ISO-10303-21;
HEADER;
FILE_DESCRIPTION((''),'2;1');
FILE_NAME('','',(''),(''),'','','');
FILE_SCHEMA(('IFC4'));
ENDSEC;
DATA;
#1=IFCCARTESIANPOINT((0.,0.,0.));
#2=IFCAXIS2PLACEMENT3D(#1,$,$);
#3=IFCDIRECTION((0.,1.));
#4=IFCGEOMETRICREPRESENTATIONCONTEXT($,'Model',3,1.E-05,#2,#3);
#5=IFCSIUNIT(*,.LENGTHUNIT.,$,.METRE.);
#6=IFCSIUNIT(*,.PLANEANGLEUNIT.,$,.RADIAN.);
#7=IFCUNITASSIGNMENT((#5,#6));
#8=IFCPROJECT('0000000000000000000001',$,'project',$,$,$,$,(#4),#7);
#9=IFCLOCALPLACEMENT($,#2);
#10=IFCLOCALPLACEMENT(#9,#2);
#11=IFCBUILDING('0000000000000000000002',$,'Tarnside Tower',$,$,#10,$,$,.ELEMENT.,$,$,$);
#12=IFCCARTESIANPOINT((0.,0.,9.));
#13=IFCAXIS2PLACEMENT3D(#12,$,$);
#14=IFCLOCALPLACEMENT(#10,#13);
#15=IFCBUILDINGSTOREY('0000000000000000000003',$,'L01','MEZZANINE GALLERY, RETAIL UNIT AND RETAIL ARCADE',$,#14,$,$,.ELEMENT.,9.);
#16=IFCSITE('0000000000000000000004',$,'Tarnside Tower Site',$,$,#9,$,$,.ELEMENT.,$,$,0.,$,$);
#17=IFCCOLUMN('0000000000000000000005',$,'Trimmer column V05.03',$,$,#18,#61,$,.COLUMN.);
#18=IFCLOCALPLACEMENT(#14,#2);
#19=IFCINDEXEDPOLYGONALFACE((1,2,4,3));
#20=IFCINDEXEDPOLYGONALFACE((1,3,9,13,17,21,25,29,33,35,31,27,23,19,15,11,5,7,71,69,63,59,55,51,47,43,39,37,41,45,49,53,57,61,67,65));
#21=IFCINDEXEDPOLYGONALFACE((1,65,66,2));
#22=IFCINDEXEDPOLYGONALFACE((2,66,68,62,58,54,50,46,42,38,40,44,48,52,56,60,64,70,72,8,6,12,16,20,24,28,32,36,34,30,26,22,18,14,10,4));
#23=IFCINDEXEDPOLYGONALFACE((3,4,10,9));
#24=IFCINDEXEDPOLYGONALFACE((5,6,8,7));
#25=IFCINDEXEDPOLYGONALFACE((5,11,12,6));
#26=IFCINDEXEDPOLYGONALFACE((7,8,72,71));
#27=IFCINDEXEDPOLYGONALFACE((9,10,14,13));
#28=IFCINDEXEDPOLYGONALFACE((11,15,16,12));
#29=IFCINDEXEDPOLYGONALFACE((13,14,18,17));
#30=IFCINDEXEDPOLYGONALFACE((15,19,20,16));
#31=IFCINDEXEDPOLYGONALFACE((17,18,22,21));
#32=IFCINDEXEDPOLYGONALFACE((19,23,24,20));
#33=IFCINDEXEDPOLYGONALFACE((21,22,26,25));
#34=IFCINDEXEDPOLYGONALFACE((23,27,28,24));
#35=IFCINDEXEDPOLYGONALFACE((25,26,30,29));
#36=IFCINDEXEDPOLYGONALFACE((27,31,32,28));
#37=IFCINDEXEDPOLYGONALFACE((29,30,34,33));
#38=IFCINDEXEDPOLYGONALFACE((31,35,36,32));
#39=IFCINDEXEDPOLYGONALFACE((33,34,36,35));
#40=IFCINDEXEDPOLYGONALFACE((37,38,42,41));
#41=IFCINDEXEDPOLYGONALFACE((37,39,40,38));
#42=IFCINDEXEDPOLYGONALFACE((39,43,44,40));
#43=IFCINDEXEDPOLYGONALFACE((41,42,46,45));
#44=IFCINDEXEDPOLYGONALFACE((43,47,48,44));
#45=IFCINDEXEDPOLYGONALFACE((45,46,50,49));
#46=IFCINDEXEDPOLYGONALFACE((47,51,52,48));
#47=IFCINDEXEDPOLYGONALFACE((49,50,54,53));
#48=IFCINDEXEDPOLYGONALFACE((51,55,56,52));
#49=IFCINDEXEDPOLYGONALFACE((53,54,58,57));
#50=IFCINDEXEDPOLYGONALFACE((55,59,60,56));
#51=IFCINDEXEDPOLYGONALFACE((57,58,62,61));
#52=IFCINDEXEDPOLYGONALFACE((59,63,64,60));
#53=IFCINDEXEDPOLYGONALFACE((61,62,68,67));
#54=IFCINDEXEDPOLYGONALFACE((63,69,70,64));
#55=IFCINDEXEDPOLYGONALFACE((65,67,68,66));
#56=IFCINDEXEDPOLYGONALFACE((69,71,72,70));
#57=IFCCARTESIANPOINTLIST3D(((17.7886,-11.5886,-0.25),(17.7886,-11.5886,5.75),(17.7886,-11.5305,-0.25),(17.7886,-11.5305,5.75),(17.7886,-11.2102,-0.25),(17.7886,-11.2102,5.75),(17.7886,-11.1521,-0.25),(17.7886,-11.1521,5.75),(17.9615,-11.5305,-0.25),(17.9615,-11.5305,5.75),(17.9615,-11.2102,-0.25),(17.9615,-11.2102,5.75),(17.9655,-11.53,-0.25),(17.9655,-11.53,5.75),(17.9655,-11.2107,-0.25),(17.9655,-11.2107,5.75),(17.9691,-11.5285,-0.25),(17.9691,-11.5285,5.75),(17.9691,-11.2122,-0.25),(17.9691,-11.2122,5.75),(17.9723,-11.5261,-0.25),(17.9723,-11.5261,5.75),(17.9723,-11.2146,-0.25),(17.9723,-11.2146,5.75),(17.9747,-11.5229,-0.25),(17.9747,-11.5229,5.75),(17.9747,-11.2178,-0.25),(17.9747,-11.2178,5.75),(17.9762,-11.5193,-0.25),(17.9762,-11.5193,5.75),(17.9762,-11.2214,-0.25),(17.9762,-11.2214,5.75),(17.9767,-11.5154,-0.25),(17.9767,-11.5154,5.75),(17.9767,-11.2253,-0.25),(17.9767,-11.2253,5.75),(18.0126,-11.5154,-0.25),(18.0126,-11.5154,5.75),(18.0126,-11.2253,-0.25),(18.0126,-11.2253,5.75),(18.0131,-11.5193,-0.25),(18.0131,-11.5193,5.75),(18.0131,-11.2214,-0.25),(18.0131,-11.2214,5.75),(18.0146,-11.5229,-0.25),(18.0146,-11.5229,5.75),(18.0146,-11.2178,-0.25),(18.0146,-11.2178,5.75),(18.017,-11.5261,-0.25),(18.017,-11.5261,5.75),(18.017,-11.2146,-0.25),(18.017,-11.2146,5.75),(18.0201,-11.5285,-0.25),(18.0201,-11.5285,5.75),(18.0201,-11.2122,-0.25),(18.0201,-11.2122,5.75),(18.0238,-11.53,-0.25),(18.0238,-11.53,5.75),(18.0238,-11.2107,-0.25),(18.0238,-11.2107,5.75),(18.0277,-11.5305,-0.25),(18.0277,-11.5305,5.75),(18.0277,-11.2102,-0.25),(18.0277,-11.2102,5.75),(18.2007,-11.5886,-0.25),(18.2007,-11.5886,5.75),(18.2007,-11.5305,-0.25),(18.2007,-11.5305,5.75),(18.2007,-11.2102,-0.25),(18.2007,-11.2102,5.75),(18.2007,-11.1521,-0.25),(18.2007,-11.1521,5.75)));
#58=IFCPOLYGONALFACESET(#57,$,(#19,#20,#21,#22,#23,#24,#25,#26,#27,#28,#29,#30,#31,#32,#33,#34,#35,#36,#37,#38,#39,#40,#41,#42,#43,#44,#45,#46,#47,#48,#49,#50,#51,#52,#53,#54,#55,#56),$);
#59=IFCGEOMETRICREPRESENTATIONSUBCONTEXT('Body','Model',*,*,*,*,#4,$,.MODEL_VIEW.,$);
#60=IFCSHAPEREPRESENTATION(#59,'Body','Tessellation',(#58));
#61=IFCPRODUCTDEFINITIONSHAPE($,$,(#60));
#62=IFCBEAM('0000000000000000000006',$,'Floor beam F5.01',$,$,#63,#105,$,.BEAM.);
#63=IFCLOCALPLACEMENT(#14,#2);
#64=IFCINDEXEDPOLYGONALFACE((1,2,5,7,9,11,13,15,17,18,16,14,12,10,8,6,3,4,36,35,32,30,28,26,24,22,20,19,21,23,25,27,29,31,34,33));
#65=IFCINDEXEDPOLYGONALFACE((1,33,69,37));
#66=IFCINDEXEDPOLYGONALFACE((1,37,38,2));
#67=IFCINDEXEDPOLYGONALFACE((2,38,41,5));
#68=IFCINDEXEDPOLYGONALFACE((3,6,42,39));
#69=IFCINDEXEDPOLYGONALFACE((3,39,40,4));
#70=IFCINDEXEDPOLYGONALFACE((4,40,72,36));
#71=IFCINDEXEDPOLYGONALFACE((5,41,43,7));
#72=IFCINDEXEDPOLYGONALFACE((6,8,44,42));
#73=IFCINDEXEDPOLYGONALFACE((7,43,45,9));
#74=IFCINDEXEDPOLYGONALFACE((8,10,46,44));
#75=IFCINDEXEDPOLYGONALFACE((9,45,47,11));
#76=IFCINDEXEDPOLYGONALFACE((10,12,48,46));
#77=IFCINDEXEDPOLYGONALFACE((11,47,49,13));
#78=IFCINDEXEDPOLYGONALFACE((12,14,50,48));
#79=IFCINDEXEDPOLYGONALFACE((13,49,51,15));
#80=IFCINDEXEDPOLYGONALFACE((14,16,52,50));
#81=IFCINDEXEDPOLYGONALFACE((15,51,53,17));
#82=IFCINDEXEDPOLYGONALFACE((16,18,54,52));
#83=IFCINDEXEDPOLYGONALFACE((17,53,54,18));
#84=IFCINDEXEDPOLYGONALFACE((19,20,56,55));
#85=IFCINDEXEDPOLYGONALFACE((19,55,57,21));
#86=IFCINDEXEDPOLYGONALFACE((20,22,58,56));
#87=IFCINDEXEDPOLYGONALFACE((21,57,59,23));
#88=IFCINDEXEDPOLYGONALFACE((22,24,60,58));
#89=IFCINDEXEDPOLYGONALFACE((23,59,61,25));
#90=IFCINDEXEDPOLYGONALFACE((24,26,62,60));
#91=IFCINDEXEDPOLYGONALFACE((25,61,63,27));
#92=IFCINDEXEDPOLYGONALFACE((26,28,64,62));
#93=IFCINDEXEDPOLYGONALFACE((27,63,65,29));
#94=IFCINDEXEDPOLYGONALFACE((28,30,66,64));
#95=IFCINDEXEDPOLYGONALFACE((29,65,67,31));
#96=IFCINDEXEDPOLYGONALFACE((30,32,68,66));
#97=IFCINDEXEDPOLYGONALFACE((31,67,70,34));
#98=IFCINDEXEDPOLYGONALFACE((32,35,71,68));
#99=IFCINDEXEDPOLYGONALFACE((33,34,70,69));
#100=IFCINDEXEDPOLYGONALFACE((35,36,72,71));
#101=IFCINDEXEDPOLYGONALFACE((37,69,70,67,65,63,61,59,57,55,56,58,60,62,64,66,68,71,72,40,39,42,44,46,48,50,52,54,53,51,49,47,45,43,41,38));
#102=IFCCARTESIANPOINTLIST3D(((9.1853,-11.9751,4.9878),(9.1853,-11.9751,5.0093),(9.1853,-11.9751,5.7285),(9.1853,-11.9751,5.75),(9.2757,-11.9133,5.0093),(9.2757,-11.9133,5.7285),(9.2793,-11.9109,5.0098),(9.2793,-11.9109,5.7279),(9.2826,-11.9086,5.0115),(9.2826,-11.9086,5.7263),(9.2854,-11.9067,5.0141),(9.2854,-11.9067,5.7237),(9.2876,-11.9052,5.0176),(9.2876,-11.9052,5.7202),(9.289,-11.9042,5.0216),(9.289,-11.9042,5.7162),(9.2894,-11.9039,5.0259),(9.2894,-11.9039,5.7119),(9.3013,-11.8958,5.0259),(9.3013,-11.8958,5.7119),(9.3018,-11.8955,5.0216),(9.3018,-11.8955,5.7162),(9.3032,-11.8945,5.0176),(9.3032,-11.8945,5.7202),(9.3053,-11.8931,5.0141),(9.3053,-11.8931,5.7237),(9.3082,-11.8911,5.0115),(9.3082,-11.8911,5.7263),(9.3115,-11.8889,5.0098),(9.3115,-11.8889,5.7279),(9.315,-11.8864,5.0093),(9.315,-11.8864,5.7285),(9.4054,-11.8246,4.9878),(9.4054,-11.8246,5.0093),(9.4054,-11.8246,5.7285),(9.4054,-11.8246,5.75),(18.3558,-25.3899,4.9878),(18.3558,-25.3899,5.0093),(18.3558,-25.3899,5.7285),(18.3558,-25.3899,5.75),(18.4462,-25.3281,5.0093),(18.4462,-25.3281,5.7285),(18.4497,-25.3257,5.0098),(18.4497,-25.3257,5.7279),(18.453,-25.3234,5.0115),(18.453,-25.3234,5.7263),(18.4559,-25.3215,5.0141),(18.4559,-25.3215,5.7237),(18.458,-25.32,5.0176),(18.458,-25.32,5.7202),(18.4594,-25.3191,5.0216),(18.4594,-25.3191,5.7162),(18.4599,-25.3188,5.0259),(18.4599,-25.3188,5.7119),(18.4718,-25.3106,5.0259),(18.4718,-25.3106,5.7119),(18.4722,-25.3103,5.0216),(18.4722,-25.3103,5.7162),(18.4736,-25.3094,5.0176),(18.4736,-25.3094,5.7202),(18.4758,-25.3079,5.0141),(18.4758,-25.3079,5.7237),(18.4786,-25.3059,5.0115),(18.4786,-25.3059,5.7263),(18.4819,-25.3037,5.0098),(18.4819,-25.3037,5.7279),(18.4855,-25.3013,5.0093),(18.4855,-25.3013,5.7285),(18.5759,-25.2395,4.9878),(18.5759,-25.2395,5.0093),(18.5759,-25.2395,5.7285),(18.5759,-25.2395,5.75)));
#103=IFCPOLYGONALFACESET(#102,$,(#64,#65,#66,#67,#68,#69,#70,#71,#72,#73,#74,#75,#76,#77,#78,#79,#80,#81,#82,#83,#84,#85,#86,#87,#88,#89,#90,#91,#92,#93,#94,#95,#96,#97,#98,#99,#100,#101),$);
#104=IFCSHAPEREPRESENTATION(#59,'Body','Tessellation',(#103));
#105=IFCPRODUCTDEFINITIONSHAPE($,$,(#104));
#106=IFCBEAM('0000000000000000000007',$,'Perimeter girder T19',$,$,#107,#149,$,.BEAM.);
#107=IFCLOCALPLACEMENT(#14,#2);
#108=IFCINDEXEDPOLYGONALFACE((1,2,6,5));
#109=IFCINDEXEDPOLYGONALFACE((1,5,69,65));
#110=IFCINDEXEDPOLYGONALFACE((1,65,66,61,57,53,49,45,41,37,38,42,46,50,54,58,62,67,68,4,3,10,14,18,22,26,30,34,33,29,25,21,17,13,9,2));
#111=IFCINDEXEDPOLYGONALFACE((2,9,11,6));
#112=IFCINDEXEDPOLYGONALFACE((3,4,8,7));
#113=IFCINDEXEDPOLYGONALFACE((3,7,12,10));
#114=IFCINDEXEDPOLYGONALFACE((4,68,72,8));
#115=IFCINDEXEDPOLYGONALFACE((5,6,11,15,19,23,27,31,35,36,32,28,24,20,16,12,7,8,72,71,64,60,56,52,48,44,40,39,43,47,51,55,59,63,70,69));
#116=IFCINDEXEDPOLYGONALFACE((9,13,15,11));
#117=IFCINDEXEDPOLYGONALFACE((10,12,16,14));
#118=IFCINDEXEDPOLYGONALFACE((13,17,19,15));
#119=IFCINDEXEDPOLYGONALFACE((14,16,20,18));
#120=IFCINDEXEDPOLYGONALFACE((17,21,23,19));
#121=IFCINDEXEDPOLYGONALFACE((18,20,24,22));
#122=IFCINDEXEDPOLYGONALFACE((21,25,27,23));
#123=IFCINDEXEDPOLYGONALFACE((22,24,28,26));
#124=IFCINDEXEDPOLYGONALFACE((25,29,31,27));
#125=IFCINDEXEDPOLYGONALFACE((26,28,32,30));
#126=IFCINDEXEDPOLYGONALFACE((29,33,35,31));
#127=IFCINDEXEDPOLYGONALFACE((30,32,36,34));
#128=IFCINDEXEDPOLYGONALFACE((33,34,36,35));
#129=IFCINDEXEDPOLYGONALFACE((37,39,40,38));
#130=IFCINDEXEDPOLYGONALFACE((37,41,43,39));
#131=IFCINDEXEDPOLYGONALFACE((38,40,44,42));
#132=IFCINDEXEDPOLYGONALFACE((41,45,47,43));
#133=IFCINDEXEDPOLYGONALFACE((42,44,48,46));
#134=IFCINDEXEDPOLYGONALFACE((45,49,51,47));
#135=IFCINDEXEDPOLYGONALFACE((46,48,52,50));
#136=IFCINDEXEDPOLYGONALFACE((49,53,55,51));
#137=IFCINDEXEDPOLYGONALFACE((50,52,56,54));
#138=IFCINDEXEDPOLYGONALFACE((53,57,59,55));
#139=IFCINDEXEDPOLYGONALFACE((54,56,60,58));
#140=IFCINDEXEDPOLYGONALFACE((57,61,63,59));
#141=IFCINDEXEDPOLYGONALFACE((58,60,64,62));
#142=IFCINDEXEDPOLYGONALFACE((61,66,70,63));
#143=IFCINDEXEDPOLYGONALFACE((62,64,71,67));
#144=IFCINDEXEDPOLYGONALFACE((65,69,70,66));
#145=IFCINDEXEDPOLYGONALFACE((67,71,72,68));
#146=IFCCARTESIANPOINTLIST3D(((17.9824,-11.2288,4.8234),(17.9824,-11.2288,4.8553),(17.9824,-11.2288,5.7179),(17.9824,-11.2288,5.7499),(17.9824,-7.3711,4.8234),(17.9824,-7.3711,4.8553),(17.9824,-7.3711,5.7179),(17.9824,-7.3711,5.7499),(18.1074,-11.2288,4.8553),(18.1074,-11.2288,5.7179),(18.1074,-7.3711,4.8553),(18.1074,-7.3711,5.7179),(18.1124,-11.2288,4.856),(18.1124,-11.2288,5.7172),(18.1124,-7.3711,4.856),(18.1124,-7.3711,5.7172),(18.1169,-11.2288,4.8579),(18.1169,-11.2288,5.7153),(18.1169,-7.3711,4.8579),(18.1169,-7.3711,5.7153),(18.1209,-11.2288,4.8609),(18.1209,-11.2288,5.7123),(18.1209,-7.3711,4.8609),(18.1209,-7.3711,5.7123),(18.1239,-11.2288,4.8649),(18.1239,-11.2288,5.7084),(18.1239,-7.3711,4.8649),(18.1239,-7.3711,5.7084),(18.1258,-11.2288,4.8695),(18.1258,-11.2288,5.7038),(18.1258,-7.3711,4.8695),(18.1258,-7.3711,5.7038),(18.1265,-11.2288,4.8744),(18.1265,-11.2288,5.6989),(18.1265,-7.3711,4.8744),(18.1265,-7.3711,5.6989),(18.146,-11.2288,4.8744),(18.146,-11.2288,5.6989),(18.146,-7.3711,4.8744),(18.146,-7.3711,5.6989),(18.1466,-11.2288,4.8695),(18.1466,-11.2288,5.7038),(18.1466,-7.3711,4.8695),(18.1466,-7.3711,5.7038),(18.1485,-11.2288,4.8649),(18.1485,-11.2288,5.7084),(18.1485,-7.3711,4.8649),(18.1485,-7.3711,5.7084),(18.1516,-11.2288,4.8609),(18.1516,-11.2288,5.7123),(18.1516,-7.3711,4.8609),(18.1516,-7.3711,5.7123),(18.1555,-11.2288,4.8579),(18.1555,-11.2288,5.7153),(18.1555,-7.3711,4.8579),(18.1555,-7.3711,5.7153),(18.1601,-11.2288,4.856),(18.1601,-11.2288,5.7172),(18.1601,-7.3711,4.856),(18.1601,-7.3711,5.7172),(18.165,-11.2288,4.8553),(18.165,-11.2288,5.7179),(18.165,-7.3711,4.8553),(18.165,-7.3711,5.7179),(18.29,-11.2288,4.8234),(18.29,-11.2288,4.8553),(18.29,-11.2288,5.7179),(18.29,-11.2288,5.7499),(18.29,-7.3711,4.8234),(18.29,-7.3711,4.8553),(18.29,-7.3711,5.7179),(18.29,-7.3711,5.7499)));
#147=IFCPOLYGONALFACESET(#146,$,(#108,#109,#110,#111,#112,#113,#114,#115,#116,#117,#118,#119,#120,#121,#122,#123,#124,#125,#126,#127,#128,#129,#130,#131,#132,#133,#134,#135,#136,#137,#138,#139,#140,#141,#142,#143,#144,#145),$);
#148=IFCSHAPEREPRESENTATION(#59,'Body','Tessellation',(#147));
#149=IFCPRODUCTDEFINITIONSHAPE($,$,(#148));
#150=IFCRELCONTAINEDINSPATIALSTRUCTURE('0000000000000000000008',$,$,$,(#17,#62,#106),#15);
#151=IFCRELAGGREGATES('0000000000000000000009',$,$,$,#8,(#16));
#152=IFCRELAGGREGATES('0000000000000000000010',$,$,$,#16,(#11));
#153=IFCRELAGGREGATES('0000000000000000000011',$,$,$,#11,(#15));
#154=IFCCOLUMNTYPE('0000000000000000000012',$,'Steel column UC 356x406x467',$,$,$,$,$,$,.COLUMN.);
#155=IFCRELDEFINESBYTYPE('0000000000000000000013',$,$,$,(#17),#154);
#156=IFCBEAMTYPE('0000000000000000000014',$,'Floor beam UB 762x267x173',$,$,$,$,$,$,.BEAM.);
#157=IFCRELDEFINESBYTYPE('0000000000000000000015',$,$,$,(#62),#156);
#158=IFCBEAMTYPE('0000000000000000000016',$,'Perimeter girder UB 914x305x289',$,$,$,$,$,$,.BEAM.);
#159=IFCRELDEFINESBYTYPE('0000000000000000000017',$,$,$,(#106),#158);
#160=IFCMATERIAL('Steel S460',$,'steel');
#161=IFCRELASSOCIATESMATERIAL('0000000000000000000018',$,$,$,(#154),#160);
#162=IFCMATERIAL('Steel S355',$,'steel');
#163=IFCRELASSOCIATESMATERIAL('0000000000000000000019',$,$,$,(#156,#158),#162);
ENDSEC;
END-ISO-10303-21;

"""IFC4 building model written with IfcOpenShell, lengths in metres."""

from ifc_helpers import new_model, si_unit, direction, frame, origin, origin_2d, place, context, subcontext, project, spatial, i_section, extrude, material, material_profile, profile_set, type_object, element, save


model = new_model("IFC4")

# Units and contexts
model_context = context("Model", 3, precision=1e-05, world=origin(), true_north=direction((0.0, 1.0)))
body_context = subcontext(model_context, "Body", "Model", "MODEL_VIEW")
ifc_project = project(units=[si_unit("LENGTHUNIT", "METRE"), si_unit("PLANEANGLEUNIT", "RADIAN")], contexts=[model_context])

# Site, building, storey
site_placement = place(None, origin())
site = spatial("IfcSite", under=ifc_project, at=site_placement, Name="Tarnside Tower Site", CompositionType="ELEMENT", RefElevation=0.0)
building_placement = place(site_placement, origin())
building = spatial("IfcBuilding", under=site, at=building_placement, Name="Tarnside Tower", CompositionType="ELEMENT")
storey_placement = place(building_placement, frame((0.0, 0.0, 9.0)))
storey = spatial("IfcBuildingStorey", under=building, at=storey_placement, Name="L01", Description="MEZZANINE GALLERY, RETAIL UNIT AND RETAIL ARCADE", CompositionType="ELEMENT", Elevation=9.0)

# Column
ifc_material_1 = material(Name="Steel S460", Category="steel")
ifc_material_profile_1 = material_profile(ifc_material_1, i_section(OverallWidth=0.4121, OverallDepth=0.4365, WebThickness=0.0359, FlangeThickness=0.0581, FilletRadius=0.0151, at=origin_2d()), Name="UC 356x406x467")
ifc_profile_set_1 = profile_set([ifc_material_profile_1], Name="Steel S460")
column_type = type_object("IfcColumnType", Name="Steel column UC 356x406x467", PredefinedType="COLUMN", material=ifc_profile_set_1)
column_placement = place(storey_placement, frame((17.9946, -11.3704, -0.25), z_axis=(0.0, 0.0, 1.0), x_axis=(1.0, 0.0, 0.0)))
element("IfcColumn", 1, at=column_placement, inside=storey, type_object=column_type, Name="Trimmer column V05.03", PredefinedType="COLUMN", context=body_context, shape_type="SweptSolid", body=[
    extrude(i_section(OverallWidth=0.4121, OverallDepth=0.4365, WebThickness=0.0359, FlangeThickness=0.0581, FilletRadius=0.0151, at=origin_2d()), origin(), (0.0, 0.0, 1.0), 6.0),
])

# Beams
ifc_material_2 = material(Name="Steel S355", Category="steel")
ifc_material_profile_2 = material_profile(ifc_material_2, i_section(OverallWidth=0.2666, OverallDepth=0.7622, WebThickness=0.0144, FlangeThickness=0.0215, FilletRadius=0.0166, at=origin_2d()), Name="UB 762x267x173")
ifc_profile_set_2 = profile_set([ifc_material_profile_2], Name="Steel S355")
beam_type_1 = type_object("IfcBeamType", Name="Floor beam UB 762x267x173", PredefinedType="BEAM", material=ifc_profile_set_2)
beam_1_placement = place(storey_placement, frame((18.4658, -25.3147, 5.3689), z_axis=(-0.564343, 0.82554, 0.0), x_axis=(-0.82554, -0.564343, 0.0)))
element("IfcBeam", 2, at=beam_1_placement, inside=storey, type_object=beam_type_1, Name="Floor beam F5.01", PredefinedType="BEAM", context=body_context, shape_type="SweptSolid", body=[
    extrude(i_section(OverallWidth=0.2666, OverallDepth=0.7622, WebThickness=0.0144, FlangeThickness=0.0215, FilletRadius=0.0166, at=origin_2d()), origin(), (0.0, 0.0, 1.0), 16.2498),
])
ifc_material_profile_3 = material_profile(ifc_material_2, i_section(OverallWidth=0.3076, OverallDepth=0.9265, WebThickness=0.0195, FlangeThickness=0.032, FilletRadius=0.019, at=origin_2d()), Name="UB 914x305x289")
ifc_profile_set_3 = profile_set([ifc_material_profile_3], Name="Steel S355")
beam_type_2 = type_object("IfcBeamType", Name="Perimeter girder UB 914x305x289", PredefinedType="BEAM", material=ifc_profile_set_3)
beam_2_placement = place(storey_placement, frame((18.1362, -11.2288, 5.2866), z_axis=(0.0, 1.0, 0.0), x_axis=(-1.0, 0.0, 0.0)))
element("IfcBeam", 3, at=beam_2_placement, inside=storey, type_object=beam_type_2, Name="Perimeter girder T19", PredefinedType="BEAM", context=body_context, shape_type="SweptSolid", body=[
    extrude(i_section(OverallWidth=0.3076, OverallDepth=0.9265, WebThickness=0.0195, FlangeThickness=0.032, FilletRadius=0.019, at=origin_2d()), origin(), (0.0, 0.0, 1.0), 3.8577),
])

save(model, "model.ifc")
